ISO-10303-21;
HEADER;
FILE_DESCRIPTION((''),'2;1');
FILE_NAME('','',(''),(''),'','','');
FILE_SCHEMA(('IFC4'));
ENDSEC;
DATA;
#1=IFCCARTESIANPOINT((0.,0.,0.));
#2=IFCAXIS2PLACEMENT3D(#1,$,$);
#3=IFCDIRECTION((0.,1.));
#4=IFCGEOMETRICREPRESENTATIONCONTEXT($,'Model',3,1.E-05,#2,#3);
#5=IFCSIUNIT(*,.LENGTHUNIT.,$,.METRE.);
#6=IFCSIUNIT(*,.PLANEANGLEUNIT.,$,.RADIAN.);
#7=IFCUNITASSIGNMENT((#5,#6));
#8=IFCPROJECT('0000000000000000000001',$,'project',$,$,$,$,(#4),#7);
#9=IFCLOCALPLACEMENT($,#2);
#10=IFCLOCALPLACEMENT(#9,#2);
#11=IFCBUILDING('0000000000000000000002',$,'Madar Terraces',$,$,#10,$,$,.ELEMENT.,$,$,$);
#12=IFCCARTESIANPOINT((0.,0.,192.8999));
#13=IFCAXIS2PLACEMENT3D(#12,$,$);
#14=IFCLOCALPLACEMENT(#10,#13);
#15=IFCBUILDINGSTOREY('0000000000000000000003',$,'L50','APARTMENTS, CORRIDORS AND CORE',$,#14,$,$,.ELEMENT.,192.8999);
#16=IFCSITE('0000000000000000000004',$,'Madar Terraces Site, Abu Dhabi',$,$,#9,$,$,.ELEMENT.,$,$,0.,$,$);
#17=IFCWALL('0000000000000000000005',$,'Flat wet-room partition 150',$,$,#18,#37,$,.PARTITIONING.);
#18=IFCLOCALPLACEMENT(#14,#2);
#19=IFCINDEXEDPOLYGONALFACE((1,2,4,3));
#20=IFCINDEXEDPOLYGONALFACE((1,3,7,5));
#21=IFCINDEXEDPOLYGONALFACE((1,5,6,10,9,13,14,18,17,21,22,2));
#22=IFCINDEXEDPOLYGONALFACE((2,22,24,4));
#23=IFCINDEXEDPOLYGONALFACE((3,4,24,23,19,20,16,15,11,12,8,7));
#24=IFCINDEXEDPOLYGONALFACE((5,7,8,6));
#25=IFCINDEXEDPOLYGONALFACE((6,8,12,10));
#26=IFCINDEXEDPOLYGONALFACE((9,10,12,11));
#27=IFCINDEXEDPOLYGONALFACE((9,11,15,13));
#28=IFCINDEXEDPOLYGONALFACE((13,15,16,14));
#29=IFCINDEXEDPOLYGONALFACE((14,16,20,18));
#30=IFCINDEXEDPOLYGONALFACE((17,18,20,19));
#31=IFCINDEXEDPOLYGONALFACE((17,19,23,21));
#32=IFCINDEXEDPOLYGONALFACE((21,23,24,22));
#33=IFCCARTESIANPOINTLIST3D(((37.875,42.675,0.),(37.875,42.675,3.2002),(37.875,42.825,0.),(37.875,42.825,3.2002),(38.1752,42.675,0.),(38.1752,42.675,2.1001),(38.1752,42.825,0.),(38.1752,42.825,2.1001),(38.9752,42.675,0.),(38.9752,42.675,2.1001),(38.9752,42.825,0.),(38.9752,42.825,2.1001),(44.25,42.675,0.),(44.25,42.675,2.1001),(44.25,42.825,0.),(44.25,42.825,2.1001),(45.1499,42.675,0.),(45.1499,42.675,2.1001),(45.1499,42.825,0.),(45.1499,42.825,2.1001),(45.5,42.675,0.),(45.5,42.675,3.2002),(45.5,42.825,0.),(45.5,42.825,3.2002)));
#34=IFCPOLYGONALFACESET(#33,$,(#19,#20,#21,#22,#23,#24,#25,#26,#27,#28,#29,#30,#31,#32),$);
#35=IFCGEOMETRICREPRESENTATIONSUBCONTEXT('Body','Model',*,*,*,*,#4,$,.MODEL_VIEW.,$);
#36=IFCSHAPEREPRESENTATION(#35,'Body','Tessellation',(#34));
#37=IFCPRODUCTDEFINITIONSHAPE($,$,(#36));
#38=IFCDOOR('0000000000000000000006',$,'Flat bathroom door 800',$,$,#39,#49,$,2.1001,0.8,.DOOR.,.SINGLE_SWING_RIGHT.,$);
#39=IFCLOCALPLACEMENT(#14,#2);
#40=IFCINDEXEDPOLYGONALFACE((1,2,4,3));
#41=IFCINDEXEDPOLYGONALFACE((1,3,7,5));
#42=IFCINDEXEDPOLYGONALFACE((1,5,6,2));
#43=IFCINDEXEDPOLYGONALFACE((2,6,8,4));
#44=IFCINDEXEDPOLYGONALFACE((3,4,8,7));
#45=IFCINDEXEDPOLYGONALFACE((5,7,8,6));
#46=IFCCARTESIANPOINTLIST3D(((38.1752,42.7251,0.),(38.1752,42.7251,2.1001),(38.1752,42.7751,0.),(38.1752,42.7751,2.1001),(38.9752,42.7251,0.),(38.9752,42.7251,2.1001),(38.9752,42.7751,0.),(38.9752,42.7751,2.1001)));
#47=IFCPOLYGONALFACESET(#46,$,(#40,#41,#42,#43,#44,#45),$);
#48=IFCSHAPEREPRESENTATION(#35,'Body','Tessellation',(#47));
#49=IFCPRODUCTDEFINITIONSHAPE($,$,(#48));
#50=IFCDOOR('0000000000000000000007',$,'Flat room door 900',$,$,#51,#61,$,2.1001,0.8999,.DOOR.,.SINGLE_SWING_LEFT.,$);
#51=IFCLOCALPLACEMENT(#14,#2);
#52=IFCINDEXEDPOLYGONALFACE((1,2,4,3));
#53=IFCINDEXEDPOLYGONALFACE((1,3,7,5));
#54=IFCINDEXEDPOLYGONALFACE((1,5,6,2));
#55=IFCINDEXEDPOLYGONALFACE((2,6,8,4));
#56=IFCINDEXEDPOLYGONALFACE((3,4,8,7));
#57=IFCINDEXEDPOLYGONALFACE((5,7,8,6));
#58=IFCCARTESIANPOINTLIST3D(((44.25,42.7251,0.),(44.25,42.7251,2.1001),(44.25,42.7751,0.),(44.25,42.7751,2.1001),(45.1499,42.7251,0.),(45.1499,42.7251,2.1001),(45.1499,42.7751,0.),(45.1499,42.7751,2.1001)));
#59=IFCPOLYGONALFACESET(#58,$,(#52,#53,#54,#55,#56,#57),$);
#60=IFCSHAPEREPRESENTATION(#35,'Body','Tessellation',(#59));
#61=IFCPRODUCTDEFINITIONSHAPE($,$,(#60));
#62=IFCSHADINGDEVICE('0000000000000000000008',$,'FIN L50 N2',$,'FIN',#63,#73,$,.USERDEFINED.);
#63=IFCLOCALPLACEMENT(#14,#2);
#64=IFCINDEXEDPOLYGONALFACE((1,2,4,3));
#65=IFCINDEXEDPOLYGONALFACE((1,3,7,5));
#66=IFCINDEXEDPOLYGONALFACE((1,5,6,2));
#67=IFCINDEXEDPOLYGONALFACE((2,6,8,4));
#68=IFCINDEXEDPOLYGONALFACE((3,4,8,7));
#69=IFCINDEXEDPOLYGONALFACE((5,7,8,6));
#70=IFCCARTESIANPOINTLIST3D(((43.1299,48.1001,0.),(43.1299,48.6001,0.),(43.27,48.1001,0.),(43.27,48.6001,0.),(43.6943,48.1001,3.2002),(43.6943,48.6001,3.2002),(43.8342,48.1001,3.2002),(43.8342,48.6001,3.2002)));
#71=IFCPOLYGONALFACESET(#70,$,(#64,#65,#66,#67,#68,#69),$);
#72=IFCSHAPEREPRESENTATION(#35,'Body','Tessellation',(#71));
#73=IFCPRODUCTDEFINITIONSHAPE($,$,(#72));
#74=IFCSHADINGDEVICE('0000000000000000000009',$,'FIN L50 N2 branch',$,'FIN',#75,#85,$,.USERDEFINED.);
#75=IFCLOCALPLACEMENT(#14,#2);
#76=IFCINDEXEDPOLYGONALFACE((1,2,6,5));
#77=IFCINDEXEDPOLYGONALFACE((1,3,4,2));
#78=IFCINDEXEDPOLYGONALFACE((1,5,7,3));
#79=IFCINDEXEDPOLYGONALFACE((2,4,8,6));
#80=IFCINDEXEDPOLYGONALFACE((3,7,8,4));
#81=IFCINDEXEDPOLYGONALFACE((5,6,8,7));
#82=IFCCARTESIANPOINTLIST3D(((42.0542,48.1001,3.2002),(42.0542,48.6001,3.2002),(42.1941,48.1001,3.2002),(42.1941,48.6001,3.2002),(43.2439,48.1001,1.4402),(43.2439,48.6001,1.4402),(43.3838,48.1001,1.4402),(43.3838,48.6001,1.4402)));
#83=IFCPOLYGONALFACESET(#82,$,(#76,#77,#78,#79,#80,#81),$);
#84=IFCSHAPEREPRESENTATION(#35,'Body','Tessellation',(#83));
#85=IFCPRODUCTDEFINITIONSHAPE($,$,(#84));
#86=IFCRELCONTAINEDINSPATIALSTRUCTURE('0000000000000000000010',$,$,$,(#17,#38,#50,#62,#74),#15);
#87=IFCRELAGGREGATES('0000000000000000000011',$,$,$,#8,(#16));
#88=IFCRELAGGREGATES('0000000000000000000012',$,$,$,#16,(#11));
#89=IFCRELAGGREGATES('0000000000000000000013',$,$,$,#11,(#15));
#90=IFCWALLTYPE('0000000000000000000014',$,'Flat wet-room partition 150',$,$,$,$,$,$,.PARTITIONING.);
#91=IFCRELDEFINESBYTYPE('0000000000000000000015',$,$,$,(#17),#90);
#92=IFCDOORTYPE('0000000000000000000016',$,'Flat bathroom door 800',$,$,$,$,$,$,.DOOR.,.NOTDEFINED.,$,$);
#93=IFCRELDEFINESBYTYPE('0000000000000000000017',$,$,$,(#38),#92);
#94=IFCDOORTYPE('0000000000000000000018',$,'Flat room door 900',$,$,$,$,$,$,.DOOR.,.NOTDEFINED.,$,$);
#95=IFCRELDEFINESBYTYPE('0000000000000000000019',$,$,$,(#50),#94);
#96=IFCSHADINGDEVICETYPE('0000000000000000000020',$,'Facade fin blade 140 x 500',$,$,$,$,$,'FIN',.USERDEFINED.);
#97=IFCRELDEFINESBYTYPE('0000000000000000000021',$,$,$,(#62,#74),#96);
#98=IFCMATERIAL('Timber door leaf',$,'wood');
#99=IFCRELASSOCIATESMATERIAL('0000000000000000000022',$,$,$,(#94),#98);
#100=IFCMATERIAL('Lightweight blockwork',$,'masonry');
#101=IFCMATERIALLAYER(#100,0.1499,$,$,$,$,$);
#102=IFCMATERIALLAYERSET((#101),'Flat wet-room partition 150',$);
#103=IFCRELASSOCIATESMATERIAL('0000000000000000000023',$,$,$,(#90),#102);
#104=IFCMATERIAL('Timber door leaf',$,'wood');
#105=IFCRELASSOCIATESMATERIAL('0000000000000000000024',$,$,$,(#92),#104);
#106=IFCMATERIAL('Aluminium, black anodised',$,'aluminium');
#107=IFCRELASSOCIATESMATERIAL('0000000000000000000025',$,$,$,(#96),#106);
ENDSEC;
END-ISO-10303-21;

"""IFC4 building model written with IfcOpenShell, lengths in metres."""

from ifc_helpers import new_model, si_unit, direction, frame, frame_2d, origin, place, context, subcontext, project, spatial, polyline, rectangle, outline, extrude, material, layer, layer_set, type_object, element, fill, save


model = new_model("IFC4")

# Units and contexts
model_context = context("Model", 3, precision=1e-05, world=origin(), true_north=direction((0.0, 1.0)))
body_context = subcontext(model_context, "Body", "Model", "MODEL_VIEW")
ifc_project = project(units=[si_unit("LENGTHUNIT", "METRE"), si_unit("PLANEANGLEUNIT", "RADIAN")], contexts=[model_context])

# Site, building, storey
site_placement = place(None, origin())
site = spatial("IfcSite", under=ifc_project, at=site_placement, Name="Madar Terraces Site, Abu Dhabi", CompositionType="ELEMENT", RefElevation=0.0)
building_placement = place(site_placement, origin())
building = spatial("IfcBuilding", under=site, at=building_placement, Name="Madar Terraces", CompositionType="ELEMENT")
storey_placement = place(building_placement, frame((0.0, 0.0, 192.8999)))
storey = spatial("IfcBuildingStorey", under=building, at=storey_placement, Name="L50", Description="APARTMENTS, CORRIDORS AND CORE", CompositionType="ELEMENT", Elevation=192.8999)

# Shared definitions
ifc_material_1 = material(Name="Timber door leaf", Category="wood")
door_type_1 = type_object("IfcDoorType", Name="Flat room door 900", OperationType="NOTDEFINED", PredefinedType="DOOR", material=ifc_material_1)

# Shared definitions
ifc_material_2 = material(Name="Lightweight blockwork", Category="masonry")
ifc_layer_1 = layer(ifc_material_2, 0.1499)
ifc_layer_set_1 = layer_set([ifc_layer_1], Name="Flat wet-room partition 150")
wall_type_1 = type_object("IfcWallType", Name="Flat wet-room partition 150", PredefinedType="PARTITIONING", material=ifc_layer_set_1)

# Wall, openings, doors
wall_1_placement = place(storey_placement, frame((45.5, 42.75, 0.0), z_axis=(0.0, 0.0, 1.0), x_axis=(-1.0, 0.0, 0.0)))
wall_1 = element("IfcWall", 1, at=wall_1_placement, inside=storey, type_object=wall_type_1, Name="Flat wet-room partition 150", PredefinedType="PARTITIONING", context=body_context, shape_type="SweptSolid", body=[
    extrude(rectangle(XDim=7.625, YDim=0.1499, at=frame_2d((3.8125, 0.0))), origin(), (0.0, 0.0, 1.0), 3.2002),
])
opening_1_placement = place(wall_1_placement, frame((6.5249, 0.0, 0.0)))
opening_1 = element("IfcOpeningElement", 2, at=opening_1_placement, cuts=wall_1, PredefinedType="OPENING", context=body_context, shape_type="SweptSolid", body=[
    extrude(rectangle(XDim=0.8, YDim=2.1001, at=frame_2d((0.3999, 1.05))), frame((0.0, 0.085, 0.0), z_axis=(0.0, -1.0, 0.0), x_axis=(1.0, 0.0, 0.0)), (0.0, 0.0, 1.0), 0.1699),
])
opening_2_placement = place(wall_1_placement, frame((0.3501, 0.0, 0.0)))
opening_2 = element("IfcOpeningElement", 3, at=opening_2_placement, cuts=wall_1, PredefinedType="OPENING", context=body_context, shape_type="SweptSolid", body=[
    extrude(rectangle(XDim=0.8999, YDim=2.1001, at=frame_2d((0.45, 1.05))), frame((0.0, 0.085, 0.0), z_axis=(0.0, -1.0, 0.0), x_axis=(1.0, 0.0, 0.0)), (0.0, 0.0, 1.0), 0.1699),
])
ifc_material_3 = material(Name="Timber door leaf", Category="wood")
door_type_2 = type_object("IfcDoorType", Name="Flat bathroom door 800", OperationType="NOTDEFINED", PredefinedType="DOOR", material=ifc_material_3)
door_1_placement = place(opening_1_placement, origin())
door_1 = element("IfcDoor", 4, at=door_1_placement, inside=storey, type_object=door_type_2, Name="Flat bathroom door 800", OperationType="SINGLE_SWING_RIGHT", OverallHeight=2.1001, OverallWidth=0.8, PredefinedType="DOOR", context=body_context, shape_type="SweptSolid", body=[
    extrude(rectangle(XDim=0.8, YDim=2.1001, at=frame_2d((0.3999, 1.05))), frame((0.0, 0.0249, 0.0), z_axis=(0.0, -1.0, 0.0), x_axis=(1.0, 0.0, 0.0)), (0.0, 0.0, 1.0), 0.05),
])
fill(opening_1, door_1)
door_2_placement = place(opening_2_placement, origin())
door_2 = element("IfcDoor", 5, at=door_2_placement, inside=storey, type_object=door_type_1, Name="Flat room door 900", OperationType="SINGLE_SWING_LEFT", OverallHeight=2.1001, OverallWidth=0.8999, PredefinedType="DOOR", context=body_context, shape_type="SweptSolid", body=[
    extrude(rectangle(XDim=0.8999, YDim=2.1001, at=frame_2d((0.45, 1.05))), frame((0.0, 0.0249, 0.0), z_axis=(0.0, -1.0, 0.0), x_axis=(1.0, 0.0, 0.0)), (0.0, 0.0, 1.0), 0.05),
])
fill(opening_2, door_2)

# Shading devices
ifc_material_4 = material(Name="Aluminium, black anodised", Category="aluminium")
shading_device_type = type_object("IfcShadingDeviceType", Name="Facade fin blade 140 x 500", ElementType="FIN", PredefinedType="USERDEFINED", material=ifc_material_4)
shading_device_1_placement = place(storey_placement, frame((43.27, 48.3501, 0.0), z_axis=(0.0, 0.0, 1.0), x_axis=(-1.0, 0.0, 0.0)))
element("IfcShadingDevice", 6, at=shading_device_1_placement, inside=storey, type_object=shading_device_type, Name="FIN L50 N2", ObjectType="FIN", PredefinedType="USERDEFINED", context=body_context, shape_type="SweptSolid", body=[
    extrude(outline(polyline([(0.0, 0.0), (0.1401, 0.0), (-0.4243, 3.2002), (-0.5642, 3.2002), (0.0, 0.0)])), frame((0.0, 0.25, 0.0), z_axis=(0.0, -1.0, 0.0), x_axis=(1.0, 0.0, 0.0)), (0.0, 0.0, 1.0), 0.5),
])
shading_device_2_placement = place(storey_placement, frame((43.3838, 48.3501, 1.4402), z_axis=(0.0, 0.0, 1.0), x_axis=(-1.0, 0.0, 0.0)))
element("IfcShadingDevice", 7, at=shading_device_2_placement, inside=storey, type_object=shading_device_type, Name="FIN L50 N2 branch", ObjectType="FIN", PredefinedType="USERDEFINED", context=body_context, shape_type="SweptSolid", body=[
    extrude(outline(polyline([(0.0, 0.0), (0.1399, 0.0), (1.3296, 1.76), (1.1897, 1.76), (0.0, 0.0)])), frame((0.0, 0.25, 0.0), z_axis=(0.0, -1.0, 0.0), x_axis=(1.0, 0.0, 0.0)), (0.0, 0.0, 1.0), 0.5),
])

save(model, "model.ifc")
